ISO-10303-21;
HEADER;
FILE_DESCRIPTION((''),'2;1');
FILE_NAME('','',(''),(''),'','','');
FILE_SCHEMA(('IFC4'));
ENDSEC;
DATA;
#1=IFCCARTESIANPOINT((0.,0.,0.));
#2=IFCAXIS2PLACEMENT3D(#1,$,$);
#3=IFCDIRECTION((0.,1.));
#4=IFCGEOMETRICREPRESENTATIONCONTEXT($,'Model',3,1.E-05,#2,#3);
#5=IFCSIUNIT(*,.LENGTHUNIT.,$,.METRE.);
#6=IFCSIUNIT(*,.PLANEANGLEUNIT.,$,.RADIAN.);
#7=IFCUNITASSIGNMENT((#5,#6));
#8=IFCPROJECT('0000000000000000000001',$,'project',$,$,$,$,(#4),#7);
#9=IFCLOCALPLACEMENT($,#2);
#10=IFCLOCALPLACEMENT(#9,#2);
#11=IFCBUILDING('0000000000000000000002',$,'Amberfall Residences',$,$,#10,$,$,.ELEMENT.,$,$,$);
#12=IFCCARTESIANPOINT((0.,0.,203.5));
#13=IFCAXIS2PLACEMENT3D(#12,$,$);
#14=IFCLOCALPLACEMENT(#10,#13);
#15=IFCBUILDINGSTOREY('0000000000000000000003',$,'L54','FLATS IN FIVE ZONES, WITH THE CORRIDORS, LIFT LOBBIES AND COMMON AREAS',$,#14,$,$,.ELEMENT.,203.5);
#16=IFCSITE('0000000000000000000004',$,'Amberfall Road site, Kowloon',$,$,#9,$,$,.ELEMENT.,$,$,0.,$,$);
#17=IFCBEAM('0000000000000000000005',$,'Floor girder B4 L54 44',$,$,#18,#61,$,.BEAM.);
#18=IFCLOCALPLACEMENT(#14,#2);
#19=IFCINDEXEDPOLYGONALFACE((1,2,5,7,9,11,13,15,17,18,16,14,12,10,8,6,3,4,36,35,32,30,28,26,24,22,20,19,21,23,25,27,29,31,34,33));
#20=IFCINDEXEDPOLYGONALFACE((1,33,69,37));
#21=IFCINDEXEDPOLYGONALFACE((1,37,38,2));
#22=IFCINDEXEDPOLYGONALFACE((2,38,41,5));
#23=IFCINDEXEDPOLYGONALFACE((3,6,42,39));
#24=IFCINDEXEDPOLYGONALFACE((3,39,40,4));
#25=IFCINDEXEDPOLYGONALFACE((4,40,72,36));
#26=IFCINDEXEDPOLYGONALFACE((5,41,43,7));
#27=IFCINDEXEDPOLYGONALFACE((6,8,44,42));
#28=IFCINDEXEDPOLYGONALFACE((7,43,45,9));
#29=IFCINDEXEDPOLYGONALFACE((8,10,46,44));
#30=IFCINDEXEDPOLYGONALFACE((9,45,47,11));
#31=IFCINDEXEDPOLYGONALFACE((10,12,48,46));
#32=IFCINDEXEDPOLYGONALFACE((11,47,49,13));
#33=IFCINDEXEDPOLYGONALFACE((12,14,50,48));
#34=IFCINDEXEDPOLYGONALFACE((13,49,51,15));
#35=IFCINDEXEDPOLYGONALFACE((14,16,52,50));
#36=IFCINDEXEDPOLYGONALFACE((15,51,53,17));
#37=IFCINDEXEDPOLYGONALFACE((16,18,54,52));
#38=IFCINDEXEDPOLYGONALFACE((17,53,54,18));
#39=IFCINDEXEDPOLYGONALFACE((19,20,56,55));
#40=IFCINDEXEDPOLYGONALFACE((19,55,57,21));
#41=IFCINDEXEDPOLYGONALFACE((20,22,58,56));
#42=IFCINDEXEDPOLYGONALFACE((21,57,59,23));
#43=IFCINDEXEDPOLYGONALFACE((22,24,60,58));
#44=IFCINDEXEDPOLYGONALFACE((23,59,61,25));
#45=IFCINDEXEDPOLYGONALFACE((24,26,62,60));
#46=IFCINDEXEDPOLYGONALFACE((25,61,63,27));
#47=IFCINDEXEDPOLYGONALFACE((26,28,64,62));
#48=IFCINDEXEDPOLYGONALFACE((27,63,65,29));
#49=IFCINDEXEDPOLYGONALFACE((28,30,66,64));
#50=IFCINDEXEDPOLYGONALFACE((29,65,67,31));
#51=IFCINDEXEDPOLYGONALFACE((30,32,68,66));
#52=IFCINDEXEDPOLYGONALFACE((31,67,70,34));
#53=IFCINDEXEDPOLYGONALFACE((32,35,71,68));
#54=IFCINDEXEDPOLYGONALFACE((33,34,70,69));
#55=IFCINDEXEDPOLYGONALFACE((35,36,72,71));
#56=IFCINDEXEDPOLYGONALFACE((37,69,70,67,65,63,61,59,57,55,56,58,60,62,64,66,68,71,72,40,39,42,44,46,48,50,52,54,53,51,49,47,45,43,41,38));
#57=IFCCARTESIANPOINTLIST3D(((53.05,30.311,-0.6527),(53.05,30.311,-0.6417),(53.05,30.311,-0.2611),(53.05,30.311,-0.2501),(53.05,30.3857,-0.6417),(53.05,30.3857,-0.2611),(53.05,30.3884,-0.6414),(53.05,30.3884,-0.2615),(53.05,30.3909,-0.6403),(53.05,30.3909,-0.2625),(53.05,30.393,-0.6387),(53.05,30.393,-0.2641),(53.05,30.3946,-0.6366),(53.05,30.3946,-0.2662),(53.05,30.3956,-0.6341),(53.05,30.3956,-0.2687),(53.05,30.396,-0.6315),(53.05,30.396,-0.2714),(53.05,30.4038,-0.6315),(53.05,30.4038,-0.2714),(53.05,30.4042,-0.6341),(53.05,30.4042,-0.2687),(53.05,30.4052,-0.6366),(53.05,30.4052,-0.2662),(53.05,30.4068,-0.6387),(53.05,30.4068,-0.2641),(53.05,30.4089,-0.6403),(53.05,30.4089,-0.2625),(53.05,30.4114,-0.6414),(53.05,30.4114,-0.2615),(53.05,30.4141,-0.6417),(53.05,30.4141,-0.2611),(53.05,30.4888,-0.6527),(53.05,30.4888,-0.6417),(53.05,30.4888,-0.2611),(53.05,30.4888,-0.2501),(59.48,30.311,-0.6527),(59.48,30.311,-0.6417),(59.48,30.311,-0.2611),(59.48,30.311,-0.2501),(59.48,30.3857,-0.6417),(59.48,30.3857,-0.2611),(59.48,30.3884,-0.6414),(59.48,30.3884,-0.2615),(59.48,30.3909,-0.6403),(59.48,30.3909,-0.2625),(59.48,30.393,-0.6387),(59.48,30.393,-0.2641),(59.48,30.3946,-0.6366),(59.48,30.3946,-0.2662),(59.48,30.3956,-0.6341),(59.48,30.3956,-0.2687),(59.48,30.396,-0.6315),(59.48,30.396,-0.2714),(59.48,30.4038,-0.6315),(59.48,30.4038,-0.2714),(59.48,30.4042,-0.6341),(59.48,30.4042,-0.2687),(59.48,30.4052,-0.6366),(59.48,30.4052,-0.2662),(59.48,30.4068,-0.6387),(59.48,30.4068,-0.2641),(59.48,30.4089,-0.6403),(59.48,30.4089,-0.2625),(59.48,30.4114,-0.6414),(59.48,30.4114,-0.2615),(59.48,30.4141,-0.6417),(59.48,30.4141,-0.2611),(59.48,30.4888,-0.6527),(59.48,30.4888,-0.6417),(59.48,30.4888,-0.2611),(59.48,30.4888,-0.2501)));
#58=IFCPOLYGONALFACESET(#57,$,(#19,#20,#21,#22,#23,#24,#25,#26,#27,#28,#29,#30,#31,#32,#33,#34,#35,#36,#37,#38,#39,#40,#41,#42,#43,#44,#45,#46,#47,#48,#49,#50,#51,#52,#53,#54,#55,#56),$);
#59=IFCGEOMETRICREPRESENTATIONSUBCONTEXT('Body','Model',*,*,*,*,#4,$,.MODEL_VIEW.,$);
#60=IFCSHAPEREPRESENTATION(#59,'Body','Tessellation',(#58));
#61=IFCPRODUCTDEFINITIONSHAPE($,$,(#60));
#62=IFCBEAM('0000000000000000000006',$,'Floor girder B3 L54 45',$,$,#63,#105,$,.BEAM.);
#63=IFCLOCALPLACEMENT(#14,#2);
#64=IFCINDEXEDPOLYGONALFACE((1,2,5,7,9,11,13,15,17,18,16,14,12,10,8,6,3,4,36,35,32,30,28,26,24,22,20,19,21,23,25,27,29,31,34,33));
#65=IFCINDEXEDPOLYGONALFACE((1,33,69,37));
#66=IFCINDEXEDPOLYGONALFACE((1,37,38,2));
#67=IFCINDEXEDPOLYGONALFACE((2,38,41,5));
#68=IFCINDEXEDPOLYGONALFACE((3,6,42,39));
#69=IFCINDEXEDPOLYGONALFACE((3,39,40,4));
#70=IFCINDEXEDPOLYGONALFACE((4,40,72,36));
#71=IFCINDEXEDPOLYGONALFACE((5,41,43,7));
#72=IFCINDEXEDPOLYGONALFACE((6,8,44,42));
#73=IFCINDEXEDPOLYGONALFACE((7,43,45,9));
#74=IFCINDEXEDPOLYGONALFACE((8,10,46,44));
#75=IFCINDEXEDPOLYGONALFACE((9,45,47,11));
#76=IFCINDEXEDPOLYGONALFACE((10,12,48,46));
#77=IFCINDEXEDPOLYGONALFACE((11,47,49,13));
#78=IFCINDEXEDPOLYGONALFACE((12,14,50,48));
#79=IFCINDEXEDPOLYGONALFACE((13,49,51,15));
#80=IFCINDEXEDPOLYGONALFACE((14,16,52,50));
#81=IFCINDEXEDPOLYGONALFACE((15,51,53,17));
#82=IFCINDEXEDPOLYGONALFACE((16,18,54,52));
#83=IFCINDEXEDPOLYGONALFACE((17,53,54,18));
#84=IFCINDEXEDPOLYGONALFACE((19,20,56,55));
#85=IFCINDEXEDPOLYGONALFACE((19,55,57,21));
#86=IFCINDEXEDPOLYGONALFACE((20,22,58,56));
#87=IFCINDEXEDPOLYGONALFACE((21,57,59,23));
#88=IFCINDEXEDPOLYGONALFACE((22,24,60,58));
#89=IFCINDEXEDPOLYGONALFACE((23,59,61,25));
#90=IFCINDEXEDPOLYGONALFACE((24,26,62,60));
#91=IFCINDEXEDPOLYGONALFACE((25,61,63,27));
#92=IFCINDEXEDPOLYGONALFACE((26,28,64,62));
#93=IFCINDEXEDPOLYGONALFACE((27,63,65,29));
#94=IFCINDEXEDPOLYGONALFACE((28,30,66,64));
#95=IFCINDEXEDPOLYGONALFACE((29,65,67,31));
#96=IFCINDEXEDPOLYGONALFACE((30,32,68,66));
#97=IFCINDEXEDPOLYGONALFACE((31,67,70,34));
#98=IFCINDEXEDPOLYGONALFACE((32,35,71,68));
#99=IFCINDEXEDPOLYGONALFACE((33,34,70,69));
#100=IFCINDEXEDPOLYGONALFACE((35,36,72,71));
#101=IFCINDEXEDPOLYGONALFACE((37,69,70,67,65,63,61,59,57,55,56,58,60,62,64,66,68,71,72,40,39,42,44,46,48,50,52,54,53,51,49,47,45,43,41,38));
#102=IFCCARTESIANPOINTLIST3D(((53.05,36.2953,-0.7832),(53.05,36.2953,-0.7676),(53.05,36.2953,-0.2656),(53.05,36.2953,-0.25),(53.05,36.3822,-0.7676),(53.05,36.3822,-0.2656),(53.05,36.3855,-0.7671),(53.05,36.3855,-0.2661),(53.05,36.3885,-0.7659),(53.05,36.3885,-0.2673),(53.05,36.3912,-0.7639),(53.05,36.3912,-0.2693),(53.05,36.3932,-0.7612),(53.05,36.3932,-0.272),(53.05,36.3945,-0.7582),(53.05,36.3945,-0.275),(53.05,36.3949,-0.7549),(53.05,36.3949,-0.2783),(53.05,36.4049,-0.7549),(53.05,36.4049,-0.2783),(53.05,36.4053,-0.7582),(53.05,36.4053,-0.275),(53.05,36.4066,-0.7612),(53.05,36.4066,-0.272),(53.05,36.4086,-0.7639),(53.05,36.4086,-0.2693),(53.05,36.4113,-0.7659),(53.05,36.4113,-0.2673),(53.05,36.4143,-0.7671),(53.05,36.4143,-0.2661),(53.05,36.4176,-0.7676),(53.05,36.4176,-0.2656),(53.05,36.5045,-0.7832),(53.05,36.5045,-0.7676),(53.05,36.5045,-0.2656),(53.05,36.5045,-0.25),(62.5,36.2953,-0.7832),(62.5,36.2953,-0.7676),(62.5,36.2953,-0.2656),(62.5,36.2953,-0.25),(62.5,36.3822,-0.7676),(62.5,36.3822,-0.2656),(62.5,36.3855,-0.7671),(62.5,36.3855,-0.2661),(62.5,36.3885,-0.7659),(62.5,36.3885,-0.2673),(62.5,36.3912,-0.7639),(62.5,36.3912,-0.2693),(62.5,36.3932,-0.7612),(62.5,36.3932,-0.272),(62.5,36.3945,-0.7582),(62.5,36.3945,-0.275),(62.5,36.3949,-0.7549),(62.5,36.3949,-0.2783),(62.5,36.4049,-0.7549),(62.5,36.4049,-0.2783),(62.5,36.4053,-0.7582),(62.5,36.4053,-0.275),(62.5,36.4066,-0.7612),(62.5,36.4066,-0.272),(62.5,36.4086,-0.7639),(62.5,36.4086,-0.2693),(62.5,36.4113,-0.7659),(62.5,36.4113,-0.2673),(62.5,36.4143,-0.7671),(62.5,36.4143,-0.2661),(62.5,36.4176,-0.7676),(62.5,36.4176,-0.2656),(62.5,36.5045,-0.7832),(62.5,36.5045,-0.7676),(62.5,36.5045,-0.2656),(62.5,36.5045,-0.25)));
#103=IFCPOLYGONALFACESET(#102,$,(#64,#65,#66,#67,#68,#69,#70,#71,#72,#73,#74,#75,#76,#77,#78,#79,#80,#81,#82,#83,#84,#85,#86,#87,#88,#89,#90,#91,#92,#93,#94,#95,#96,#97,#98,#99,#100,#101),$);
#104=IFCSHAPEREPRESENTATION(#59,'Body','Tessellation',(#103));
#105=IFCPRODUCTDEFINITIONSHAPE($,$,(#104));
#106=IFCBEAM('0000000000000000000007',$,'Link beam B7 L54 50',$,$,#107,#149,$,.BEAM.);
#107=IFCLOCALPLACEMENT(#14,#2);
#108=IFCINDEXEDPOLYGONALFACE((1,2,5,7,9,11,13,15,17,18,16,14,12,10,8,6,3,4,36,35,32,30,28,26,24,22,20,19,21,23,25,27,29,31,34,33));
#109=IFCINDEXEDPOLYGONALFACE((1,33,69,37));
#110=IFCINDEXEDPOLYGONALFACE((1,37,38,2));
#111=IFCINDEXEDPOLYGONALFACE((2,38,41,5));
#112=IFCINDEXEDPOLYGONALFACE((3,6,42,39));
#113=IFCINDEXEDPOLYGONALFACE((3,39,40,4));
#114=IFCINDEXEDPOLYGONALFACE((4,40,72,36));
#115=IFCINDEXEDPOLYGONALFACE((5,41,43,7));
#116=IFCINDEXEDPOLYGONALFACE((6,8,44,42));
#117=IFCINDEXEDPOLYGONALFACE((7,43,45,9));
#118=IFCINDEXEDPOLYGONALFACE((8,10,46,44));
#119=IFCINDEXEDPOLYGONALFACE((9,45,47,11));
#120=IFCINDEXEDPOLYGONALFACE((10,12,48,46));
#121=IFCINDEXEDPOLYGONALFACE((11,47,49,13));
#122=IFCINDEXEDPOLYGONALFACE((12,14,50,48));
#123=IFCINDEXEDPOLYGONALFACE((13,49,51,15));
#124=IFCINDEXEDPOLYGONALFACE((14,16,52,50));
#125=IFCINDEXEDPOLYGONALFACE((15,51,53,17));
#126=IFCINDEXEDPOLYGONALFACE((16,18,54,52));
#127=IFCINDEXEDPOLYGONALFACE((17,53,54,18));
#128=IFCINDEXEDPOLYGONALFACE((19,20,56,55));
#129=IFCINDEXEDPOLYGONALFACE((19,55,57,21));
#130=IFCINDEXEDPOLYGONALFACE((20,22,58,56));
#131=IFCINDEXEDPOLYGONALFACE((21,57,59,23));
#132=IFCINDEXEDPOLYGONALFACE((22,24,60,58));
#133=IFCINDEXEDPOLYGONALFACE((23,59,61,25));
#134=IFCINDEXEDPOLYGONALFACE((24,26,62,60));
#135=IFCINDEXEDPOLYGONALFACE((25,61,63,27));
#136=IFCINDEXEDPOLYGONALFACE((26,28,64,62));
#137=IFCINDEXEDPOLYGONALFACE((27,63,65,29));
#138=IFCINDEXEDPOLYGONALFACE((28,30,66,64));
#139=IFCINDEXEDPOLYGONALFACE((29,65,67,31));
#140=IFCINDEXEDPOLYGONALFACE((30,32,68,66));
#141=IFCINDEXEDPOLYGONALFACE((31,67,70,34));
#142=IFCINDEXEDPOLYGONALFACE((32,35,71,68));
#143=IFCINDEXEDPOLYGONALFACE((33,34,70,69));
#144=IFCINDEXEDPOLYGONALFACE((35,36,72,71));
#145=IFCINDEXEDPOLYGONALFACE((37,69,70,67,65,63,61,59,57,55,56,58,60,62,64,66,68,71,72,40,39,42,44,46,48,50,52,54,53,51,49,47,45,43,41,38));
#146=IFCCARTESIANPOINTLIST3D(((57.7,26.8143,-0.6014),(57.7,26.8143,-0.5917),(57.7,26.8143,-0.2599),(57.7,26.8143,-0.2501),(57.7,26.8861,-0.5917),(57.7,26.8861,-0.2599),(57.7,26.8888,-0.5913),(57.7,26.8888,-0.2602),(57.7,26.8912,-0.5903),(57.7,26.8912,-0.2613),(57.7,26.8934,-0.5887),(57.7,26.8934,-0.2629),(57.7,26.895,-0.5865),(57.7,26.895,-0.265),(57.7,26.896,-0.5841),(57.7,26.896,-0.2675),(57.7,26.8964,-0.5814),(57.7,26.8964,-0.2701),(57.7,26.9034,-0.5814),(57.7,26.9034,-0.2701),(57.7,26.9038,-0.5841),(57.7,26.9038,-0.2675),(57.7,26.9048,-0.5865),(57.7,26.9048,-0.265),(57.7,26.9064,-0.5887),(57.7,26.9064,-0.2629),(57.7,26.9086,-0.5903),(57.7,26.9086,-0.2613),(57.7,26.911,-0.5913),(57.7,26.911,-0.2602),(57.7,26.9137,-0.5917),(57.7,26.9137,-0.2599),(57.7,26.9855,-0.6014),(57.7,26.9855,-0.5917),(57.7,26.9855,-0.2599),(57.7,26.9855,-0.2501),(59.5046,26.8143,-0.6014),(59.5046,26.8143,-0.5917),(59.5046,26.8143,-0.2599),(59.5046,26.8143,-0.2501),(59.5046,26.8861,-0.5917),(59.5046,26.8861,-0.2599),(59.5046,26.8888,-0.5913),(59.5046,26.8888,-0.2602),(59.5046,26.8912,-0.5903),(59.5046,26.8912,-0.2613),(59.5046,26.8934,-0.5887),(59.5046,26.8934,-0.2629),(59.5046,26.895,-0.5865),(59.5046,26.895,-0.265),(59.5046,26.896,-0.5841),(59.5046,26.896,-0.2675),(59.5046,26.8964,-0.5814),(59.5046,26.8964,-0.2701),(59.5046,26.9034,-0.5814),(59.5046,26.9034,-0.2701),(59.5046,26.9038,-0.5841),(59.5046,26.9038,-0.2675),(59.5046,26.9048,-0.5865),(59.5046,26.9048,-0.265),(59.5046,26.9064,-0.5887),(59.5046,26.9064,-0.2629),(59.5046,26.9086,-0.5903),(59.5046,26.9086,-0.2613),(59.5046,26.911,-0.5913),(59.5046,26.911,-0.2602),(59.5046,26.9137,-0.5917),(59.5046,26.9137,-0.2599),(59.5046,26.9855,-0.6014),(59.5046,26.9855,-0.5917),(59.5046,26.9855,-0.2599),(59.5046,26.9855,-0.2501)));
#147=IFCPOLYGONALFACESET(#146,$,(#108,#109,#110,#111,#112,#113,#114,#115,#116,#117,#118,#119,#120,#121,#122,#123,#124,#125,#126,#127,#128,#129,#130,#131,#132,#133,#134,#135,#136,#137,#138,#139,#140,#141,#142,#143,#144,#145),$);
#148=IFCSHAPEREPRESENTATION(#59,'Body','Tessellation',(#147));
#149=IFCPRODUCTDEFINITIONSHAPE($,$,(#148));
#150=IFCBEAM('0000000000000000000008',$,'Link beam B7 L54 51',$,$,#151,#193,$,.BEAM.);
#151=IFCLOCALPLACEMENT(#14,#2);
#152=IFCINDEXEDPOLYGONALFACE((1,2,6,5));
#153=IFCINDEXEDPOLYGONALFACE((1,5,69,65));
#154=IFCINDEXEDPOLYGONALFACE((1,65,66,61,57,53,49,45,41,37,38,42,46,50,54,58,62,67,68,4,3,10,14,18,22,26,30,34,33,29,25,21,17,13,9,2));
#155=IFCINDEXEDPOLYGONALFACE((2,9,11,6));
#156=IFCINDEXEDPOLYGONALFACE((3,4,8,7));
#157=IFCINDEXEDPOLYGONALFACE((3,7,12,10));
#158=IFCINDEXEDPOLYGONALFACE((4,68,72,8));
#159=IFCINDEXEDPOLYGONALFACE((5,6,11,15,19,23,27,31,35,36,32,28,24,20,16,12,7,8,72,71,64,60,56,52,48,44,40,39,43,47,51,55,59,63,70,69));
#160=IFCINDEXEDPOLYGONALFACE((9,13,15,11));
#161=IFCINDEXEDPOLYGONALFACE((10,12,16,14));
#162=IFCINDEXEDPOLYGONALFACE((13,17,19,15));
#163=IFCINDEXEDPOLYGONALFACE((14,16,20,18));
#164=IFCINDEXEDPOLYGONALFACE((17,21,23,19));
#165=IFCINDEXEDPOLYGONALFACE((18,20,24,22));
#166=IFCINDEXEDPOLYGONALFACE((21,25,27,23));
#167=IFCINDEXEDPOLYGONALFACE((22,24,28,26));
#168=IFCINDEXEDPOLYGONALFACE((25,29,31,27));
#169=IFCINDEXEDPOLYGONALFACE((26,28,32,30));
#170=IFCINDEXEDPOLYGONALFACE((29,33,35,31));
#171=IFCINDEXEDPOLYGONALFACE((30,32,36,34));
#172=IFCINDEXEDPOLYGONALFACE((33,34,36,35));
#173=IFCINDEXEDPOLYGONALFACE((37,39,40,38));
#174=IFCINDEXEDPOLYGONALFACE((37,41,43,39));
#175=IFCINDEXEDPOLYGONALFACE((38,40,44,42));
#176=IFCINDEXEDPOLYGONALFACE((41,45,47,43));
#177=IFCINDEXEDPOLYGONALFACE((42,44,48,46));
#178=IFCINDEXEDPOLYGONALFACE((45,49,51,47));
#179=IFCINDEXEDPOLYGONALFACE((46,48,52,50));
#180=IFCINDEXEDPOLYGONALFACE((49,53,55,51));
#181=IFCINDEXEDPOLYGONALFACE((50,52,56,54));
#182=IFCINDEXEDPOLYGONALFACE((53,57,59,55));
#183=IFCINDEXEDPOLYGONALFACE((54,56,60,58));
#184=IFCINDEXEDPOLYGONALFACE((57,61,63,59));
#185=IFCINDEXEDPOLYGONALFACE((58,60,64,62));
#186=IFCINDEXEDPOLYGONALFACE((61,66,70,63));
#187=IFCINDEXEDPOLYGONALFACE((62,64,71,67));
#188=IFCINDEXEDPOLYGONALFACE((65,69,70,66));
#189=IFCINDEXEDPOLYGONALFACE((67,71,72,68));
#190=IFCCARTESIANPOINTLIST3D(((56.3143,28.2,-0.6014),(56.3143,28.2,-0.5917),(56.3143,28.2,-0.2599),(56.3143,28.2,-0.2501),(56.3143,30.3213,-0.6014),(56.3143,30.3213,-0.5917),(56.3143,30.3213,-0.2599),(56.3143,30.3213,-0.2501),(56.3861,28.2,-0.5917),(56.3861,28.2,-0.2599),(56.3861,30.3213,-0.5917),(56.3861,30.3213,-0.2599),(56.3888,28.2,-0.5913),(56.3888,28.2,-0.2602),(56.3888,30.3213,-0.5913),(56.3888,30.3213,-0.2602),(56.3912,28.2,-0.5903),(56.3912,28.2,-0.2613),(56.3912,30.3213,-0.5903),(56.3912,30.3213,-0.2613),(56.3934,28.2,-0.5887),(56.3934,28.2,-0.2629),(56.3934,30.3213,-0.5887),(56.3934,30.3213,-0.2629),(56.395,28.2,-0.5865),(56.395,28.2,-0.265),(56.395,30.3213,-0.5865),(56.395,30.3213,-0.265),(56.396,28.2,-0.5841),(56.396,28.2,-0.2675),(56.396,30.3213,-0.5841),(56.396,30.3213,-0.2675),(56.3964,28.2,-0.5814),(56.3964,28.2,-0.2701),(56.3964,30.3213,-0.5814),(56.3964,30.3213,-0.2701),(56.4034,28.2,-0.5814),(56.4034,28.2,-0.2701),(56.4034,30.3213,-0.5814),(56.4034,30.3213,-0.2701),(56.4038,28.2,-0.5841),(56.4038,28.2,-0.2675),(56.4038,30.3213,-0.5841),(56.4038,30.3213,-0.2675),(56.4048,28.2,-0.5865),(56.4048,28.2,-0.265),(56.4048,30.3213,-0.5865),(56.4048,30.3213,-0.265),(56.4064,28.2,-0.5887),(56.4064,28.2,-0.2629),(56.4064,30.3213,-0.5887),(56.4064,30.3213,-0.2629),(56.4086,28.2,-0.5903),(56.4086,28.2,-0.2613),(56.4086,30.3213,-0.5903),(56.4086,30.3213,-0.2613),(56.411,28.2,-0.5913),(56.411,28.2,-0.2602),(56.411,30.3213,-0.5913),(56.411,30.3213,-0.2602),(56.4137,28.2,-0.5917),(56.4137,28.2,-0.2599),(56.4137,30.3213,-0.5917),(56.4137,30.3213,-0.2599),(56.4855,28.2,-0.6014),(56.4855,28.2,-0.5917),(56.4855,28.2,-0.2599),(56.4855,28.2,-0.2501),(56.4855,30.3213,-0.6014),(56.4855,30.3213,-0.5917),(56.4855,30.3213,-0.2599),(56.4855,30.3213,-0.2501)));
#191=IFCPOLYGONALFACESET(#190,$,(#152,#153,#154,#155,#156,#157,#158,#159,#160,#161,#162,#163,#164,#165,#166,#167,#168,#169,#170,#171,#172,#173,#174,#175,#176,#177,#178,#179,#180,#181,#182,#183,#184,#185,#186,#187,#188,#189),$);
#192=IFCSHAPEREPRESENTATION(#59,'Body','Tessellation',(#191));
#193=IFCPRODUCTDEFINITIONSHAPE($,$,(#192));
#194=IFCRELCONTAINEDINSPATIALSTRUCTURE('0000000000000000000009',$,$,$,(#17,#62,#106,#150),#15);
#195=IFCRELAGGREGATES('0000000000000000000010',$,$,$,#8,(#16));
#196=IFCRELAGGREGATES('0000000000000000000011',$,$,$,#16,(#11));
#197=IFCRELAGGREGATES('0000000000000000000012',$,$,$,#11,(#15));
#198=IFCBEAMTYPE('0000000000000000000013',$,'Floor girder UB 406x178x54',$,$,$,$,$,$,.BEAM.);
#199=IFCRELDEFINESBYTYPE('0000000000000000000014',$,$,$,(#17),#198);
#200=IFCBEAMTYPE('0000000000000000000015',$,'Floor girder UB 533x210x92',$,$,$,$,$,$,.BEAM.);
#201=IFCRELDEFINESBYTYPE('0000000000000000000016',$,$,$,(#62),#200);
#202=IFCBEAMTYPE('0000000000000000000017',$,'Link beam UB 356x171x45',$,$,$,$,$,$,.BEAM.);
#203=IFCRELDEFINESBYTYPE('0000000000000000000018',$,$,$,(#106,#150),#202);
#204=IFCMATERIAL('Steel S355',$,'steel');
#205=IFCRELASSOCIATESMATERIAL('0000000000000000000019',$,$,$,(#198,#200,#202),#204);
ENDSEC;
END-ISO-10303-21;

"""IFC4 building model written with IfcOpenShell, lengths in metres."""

from ifc_helpers import new_model, si_unit, direction, frame, origin, origin_2d, place, context, subcontext, project, spatial, i_section, extrude, material, material_profile, profile_set, type_object, element, save


model = new_model("IFC4")

# Units and contexts
model_context = context("Model", 3, precision=1e-05, world=origin(), true_north=direction((0.0, 1.0)))
body_context = subcontext(model_context, "Body", "Model", "MODEL_VIEW")
ifc_project = project(units=[si_unit("LENGTHUNIT", "METRE"), si_unit("PLANEANGLEUNIT", "RADIAN")], contexts=[model_context])

# Site, building, storey
site_placement = place(None, origin())
site = spatial("IfcSite", under=ifc_project, at=site_placement, Name="Amberfall Road site, Kowloon", CompositionType="ELEMENT", RefElevation=0.0)
building_placement = place(site_placement, origin())
building = spatial("IfcBuilding", under=site, at=building_placement, Name="Amberfall Residences", CompositionType="ELEMENT")
storey_placement = place(building_placement, frame((0.0, 0.0, 203.5)))
storey = spatial("IfcBuildingStorey", under=building, at=storey_placement, Name="L54", Description="FLATS IN FIVE ZONES, WITH THE CORRIDORS, LIFT LOBBIES AND COMMON AREAS", CompositionType="ELEMENT", Elevation=203.5)

# Beams
ifc_material_1 = material(Name="Steel S355", Category="steel")
ifc_material_profile_1 = material_profile(ifc_material_1, i_section(OverallWidth=0.1777, OverallDepth=0.4026, WebThickness=0.0078, FlangeThickness=0.011, FilletRadius=0.0103, at=origin_2d()), Name="UB 406x178x54")
ifc_profile_set_1 = profile_set([ifc_material_profile_1], Name="Steel S355")
beam_type_1 = type_object("IfcBeamType", Name="Floor girder UB 406x178x54", PredefinedType="BEAM", material=ifc_profile_set_1)
beam_1_placement = place(storey_placement, frame((53.05, 30.3999, -0.4514), z_axis=(1.0, 0.0, 0.0), x_axis=(0.0, 1.0, 0.0)))
element("IfcBeam", 1, at=beam_1_placement, inside=storey, type_object=beam_type_1, Name="Floor girder B4 L54 44", PredefinedType="BEAM", context=body_context, shape_type="SweptSolid", body=[
    extrude(i_section(OverallWidth=0.1777, OverallDepth=0.4026, WebThickness=0.0078, FlangeThickness=0.011, FilletRadius=0.0103, at=origin_2d()), origin(), (0.0, 0.0, 1.0), 6.4299),
])
ifc_material_profile_2 = material_profile(ifc_material_1, i_section(OverallWidth=0.2092, OverallDepth=0.5332, WebThickness=0.01, FlangeThickness=0.0156, FilletRadius=0.0127, at=origin_2d()), Name="UB 533x210x92")
ifc_profile_set_2 = profile_set([ifc_material_profile_2], Name="Steel S355")
beam_type_2 = type_object("IfcBeamType", Name="Floor girder UB 533x210x92", PredefinedType="BEAM", material=ifc_profile_set_2)
beam_2_placement = place(storey_placement, frame((53.05, 36.3999, -0.5166), z_axis=(1.0, 0.0, 0.0), x_axis=(0.0, 1.0, 0.0)))
element("IfcBeam", 2, at=beam_2_placement, inside=storey, type_object=beam_type_2, Name="Floor girder B3 L54 45", PredefinedType="BEAM", context=body_context, shape_type="SweptSolid", body=[
    extrude(i_section(OverallWidth=0.2092, OverallDepth=0.5332, WebThickness=0.01, FlangeThickness=0.0156, FilletRadius=0.0127, at=origin_2d()), origin(), (0.0, 0.0, 1.0), 9.45),
])
ifc_material_profile_3 = material_profile(ifc_material_1, i_section(OverallWidth=0.1711, OverallDepth=0.3513, WebThickness=0.0071, FlangeThickness=0.0098, FilletRadius=0.0103, at=origin_2d()), Name="UB 356x171x45")
ifc_profile_set_3 = profile_set([ifc_material_profile_3], Name="Steel S355")
beam_type_3 = type_object("IfcBeamType", Name="Link beam UB 356x171x45", PredefinedType="BEAM", material=ifc_profile_set_3)
beam_3_placement = place(storey_placement, frame((57.7, 26.8999, -0.4258), z_axis=(1.0, 0.0, 0.0), x_axis=(0.0, 1.0, 0.0)))
element("IfcBeam", 3, at=beam_3_placement, inside=storey, type_object=beam_type_3, Name="Link beam B7 L54 50", PredefinedType="BEAM", context=body_context, shape_type="SweptSolid", body=[
    extrude(i_section(OverallWidth=0.1711, OverallDepth=0.3513, WebThickness=0.0071, FlangeThickness=0.0098, FilletRadius=0.0103, at=origin_2d()), origin(), (0.0, 0.0, 1.0), 1.8047),
])
beam_4_placement = place(storey_placement, frame((56.3999, 28.2, -0.4258), z_axis=(0.0, 1.0, 0.0), x_axis=(-1.0, 0.0, 0.0)))
element("IfcBeam", 4, at=beam_4_placement, inside=storey, type_object=beam_type_3, Name="Link beam B7 L54 51", PredefinedType="BEAM", context=body_context, shape_type="SweptSolid", body=[
    extrude(i_section(OverallWidth=0.1711, OverallDepth=0.3513, WebThickness=0.0071, FlangeThickness=0.0098, FilletRadius=0.0103, at=origin_2d()), origin(), (0.0, 0.0, 1.0), 2.1213),
])

save(model, "model.ifc")
